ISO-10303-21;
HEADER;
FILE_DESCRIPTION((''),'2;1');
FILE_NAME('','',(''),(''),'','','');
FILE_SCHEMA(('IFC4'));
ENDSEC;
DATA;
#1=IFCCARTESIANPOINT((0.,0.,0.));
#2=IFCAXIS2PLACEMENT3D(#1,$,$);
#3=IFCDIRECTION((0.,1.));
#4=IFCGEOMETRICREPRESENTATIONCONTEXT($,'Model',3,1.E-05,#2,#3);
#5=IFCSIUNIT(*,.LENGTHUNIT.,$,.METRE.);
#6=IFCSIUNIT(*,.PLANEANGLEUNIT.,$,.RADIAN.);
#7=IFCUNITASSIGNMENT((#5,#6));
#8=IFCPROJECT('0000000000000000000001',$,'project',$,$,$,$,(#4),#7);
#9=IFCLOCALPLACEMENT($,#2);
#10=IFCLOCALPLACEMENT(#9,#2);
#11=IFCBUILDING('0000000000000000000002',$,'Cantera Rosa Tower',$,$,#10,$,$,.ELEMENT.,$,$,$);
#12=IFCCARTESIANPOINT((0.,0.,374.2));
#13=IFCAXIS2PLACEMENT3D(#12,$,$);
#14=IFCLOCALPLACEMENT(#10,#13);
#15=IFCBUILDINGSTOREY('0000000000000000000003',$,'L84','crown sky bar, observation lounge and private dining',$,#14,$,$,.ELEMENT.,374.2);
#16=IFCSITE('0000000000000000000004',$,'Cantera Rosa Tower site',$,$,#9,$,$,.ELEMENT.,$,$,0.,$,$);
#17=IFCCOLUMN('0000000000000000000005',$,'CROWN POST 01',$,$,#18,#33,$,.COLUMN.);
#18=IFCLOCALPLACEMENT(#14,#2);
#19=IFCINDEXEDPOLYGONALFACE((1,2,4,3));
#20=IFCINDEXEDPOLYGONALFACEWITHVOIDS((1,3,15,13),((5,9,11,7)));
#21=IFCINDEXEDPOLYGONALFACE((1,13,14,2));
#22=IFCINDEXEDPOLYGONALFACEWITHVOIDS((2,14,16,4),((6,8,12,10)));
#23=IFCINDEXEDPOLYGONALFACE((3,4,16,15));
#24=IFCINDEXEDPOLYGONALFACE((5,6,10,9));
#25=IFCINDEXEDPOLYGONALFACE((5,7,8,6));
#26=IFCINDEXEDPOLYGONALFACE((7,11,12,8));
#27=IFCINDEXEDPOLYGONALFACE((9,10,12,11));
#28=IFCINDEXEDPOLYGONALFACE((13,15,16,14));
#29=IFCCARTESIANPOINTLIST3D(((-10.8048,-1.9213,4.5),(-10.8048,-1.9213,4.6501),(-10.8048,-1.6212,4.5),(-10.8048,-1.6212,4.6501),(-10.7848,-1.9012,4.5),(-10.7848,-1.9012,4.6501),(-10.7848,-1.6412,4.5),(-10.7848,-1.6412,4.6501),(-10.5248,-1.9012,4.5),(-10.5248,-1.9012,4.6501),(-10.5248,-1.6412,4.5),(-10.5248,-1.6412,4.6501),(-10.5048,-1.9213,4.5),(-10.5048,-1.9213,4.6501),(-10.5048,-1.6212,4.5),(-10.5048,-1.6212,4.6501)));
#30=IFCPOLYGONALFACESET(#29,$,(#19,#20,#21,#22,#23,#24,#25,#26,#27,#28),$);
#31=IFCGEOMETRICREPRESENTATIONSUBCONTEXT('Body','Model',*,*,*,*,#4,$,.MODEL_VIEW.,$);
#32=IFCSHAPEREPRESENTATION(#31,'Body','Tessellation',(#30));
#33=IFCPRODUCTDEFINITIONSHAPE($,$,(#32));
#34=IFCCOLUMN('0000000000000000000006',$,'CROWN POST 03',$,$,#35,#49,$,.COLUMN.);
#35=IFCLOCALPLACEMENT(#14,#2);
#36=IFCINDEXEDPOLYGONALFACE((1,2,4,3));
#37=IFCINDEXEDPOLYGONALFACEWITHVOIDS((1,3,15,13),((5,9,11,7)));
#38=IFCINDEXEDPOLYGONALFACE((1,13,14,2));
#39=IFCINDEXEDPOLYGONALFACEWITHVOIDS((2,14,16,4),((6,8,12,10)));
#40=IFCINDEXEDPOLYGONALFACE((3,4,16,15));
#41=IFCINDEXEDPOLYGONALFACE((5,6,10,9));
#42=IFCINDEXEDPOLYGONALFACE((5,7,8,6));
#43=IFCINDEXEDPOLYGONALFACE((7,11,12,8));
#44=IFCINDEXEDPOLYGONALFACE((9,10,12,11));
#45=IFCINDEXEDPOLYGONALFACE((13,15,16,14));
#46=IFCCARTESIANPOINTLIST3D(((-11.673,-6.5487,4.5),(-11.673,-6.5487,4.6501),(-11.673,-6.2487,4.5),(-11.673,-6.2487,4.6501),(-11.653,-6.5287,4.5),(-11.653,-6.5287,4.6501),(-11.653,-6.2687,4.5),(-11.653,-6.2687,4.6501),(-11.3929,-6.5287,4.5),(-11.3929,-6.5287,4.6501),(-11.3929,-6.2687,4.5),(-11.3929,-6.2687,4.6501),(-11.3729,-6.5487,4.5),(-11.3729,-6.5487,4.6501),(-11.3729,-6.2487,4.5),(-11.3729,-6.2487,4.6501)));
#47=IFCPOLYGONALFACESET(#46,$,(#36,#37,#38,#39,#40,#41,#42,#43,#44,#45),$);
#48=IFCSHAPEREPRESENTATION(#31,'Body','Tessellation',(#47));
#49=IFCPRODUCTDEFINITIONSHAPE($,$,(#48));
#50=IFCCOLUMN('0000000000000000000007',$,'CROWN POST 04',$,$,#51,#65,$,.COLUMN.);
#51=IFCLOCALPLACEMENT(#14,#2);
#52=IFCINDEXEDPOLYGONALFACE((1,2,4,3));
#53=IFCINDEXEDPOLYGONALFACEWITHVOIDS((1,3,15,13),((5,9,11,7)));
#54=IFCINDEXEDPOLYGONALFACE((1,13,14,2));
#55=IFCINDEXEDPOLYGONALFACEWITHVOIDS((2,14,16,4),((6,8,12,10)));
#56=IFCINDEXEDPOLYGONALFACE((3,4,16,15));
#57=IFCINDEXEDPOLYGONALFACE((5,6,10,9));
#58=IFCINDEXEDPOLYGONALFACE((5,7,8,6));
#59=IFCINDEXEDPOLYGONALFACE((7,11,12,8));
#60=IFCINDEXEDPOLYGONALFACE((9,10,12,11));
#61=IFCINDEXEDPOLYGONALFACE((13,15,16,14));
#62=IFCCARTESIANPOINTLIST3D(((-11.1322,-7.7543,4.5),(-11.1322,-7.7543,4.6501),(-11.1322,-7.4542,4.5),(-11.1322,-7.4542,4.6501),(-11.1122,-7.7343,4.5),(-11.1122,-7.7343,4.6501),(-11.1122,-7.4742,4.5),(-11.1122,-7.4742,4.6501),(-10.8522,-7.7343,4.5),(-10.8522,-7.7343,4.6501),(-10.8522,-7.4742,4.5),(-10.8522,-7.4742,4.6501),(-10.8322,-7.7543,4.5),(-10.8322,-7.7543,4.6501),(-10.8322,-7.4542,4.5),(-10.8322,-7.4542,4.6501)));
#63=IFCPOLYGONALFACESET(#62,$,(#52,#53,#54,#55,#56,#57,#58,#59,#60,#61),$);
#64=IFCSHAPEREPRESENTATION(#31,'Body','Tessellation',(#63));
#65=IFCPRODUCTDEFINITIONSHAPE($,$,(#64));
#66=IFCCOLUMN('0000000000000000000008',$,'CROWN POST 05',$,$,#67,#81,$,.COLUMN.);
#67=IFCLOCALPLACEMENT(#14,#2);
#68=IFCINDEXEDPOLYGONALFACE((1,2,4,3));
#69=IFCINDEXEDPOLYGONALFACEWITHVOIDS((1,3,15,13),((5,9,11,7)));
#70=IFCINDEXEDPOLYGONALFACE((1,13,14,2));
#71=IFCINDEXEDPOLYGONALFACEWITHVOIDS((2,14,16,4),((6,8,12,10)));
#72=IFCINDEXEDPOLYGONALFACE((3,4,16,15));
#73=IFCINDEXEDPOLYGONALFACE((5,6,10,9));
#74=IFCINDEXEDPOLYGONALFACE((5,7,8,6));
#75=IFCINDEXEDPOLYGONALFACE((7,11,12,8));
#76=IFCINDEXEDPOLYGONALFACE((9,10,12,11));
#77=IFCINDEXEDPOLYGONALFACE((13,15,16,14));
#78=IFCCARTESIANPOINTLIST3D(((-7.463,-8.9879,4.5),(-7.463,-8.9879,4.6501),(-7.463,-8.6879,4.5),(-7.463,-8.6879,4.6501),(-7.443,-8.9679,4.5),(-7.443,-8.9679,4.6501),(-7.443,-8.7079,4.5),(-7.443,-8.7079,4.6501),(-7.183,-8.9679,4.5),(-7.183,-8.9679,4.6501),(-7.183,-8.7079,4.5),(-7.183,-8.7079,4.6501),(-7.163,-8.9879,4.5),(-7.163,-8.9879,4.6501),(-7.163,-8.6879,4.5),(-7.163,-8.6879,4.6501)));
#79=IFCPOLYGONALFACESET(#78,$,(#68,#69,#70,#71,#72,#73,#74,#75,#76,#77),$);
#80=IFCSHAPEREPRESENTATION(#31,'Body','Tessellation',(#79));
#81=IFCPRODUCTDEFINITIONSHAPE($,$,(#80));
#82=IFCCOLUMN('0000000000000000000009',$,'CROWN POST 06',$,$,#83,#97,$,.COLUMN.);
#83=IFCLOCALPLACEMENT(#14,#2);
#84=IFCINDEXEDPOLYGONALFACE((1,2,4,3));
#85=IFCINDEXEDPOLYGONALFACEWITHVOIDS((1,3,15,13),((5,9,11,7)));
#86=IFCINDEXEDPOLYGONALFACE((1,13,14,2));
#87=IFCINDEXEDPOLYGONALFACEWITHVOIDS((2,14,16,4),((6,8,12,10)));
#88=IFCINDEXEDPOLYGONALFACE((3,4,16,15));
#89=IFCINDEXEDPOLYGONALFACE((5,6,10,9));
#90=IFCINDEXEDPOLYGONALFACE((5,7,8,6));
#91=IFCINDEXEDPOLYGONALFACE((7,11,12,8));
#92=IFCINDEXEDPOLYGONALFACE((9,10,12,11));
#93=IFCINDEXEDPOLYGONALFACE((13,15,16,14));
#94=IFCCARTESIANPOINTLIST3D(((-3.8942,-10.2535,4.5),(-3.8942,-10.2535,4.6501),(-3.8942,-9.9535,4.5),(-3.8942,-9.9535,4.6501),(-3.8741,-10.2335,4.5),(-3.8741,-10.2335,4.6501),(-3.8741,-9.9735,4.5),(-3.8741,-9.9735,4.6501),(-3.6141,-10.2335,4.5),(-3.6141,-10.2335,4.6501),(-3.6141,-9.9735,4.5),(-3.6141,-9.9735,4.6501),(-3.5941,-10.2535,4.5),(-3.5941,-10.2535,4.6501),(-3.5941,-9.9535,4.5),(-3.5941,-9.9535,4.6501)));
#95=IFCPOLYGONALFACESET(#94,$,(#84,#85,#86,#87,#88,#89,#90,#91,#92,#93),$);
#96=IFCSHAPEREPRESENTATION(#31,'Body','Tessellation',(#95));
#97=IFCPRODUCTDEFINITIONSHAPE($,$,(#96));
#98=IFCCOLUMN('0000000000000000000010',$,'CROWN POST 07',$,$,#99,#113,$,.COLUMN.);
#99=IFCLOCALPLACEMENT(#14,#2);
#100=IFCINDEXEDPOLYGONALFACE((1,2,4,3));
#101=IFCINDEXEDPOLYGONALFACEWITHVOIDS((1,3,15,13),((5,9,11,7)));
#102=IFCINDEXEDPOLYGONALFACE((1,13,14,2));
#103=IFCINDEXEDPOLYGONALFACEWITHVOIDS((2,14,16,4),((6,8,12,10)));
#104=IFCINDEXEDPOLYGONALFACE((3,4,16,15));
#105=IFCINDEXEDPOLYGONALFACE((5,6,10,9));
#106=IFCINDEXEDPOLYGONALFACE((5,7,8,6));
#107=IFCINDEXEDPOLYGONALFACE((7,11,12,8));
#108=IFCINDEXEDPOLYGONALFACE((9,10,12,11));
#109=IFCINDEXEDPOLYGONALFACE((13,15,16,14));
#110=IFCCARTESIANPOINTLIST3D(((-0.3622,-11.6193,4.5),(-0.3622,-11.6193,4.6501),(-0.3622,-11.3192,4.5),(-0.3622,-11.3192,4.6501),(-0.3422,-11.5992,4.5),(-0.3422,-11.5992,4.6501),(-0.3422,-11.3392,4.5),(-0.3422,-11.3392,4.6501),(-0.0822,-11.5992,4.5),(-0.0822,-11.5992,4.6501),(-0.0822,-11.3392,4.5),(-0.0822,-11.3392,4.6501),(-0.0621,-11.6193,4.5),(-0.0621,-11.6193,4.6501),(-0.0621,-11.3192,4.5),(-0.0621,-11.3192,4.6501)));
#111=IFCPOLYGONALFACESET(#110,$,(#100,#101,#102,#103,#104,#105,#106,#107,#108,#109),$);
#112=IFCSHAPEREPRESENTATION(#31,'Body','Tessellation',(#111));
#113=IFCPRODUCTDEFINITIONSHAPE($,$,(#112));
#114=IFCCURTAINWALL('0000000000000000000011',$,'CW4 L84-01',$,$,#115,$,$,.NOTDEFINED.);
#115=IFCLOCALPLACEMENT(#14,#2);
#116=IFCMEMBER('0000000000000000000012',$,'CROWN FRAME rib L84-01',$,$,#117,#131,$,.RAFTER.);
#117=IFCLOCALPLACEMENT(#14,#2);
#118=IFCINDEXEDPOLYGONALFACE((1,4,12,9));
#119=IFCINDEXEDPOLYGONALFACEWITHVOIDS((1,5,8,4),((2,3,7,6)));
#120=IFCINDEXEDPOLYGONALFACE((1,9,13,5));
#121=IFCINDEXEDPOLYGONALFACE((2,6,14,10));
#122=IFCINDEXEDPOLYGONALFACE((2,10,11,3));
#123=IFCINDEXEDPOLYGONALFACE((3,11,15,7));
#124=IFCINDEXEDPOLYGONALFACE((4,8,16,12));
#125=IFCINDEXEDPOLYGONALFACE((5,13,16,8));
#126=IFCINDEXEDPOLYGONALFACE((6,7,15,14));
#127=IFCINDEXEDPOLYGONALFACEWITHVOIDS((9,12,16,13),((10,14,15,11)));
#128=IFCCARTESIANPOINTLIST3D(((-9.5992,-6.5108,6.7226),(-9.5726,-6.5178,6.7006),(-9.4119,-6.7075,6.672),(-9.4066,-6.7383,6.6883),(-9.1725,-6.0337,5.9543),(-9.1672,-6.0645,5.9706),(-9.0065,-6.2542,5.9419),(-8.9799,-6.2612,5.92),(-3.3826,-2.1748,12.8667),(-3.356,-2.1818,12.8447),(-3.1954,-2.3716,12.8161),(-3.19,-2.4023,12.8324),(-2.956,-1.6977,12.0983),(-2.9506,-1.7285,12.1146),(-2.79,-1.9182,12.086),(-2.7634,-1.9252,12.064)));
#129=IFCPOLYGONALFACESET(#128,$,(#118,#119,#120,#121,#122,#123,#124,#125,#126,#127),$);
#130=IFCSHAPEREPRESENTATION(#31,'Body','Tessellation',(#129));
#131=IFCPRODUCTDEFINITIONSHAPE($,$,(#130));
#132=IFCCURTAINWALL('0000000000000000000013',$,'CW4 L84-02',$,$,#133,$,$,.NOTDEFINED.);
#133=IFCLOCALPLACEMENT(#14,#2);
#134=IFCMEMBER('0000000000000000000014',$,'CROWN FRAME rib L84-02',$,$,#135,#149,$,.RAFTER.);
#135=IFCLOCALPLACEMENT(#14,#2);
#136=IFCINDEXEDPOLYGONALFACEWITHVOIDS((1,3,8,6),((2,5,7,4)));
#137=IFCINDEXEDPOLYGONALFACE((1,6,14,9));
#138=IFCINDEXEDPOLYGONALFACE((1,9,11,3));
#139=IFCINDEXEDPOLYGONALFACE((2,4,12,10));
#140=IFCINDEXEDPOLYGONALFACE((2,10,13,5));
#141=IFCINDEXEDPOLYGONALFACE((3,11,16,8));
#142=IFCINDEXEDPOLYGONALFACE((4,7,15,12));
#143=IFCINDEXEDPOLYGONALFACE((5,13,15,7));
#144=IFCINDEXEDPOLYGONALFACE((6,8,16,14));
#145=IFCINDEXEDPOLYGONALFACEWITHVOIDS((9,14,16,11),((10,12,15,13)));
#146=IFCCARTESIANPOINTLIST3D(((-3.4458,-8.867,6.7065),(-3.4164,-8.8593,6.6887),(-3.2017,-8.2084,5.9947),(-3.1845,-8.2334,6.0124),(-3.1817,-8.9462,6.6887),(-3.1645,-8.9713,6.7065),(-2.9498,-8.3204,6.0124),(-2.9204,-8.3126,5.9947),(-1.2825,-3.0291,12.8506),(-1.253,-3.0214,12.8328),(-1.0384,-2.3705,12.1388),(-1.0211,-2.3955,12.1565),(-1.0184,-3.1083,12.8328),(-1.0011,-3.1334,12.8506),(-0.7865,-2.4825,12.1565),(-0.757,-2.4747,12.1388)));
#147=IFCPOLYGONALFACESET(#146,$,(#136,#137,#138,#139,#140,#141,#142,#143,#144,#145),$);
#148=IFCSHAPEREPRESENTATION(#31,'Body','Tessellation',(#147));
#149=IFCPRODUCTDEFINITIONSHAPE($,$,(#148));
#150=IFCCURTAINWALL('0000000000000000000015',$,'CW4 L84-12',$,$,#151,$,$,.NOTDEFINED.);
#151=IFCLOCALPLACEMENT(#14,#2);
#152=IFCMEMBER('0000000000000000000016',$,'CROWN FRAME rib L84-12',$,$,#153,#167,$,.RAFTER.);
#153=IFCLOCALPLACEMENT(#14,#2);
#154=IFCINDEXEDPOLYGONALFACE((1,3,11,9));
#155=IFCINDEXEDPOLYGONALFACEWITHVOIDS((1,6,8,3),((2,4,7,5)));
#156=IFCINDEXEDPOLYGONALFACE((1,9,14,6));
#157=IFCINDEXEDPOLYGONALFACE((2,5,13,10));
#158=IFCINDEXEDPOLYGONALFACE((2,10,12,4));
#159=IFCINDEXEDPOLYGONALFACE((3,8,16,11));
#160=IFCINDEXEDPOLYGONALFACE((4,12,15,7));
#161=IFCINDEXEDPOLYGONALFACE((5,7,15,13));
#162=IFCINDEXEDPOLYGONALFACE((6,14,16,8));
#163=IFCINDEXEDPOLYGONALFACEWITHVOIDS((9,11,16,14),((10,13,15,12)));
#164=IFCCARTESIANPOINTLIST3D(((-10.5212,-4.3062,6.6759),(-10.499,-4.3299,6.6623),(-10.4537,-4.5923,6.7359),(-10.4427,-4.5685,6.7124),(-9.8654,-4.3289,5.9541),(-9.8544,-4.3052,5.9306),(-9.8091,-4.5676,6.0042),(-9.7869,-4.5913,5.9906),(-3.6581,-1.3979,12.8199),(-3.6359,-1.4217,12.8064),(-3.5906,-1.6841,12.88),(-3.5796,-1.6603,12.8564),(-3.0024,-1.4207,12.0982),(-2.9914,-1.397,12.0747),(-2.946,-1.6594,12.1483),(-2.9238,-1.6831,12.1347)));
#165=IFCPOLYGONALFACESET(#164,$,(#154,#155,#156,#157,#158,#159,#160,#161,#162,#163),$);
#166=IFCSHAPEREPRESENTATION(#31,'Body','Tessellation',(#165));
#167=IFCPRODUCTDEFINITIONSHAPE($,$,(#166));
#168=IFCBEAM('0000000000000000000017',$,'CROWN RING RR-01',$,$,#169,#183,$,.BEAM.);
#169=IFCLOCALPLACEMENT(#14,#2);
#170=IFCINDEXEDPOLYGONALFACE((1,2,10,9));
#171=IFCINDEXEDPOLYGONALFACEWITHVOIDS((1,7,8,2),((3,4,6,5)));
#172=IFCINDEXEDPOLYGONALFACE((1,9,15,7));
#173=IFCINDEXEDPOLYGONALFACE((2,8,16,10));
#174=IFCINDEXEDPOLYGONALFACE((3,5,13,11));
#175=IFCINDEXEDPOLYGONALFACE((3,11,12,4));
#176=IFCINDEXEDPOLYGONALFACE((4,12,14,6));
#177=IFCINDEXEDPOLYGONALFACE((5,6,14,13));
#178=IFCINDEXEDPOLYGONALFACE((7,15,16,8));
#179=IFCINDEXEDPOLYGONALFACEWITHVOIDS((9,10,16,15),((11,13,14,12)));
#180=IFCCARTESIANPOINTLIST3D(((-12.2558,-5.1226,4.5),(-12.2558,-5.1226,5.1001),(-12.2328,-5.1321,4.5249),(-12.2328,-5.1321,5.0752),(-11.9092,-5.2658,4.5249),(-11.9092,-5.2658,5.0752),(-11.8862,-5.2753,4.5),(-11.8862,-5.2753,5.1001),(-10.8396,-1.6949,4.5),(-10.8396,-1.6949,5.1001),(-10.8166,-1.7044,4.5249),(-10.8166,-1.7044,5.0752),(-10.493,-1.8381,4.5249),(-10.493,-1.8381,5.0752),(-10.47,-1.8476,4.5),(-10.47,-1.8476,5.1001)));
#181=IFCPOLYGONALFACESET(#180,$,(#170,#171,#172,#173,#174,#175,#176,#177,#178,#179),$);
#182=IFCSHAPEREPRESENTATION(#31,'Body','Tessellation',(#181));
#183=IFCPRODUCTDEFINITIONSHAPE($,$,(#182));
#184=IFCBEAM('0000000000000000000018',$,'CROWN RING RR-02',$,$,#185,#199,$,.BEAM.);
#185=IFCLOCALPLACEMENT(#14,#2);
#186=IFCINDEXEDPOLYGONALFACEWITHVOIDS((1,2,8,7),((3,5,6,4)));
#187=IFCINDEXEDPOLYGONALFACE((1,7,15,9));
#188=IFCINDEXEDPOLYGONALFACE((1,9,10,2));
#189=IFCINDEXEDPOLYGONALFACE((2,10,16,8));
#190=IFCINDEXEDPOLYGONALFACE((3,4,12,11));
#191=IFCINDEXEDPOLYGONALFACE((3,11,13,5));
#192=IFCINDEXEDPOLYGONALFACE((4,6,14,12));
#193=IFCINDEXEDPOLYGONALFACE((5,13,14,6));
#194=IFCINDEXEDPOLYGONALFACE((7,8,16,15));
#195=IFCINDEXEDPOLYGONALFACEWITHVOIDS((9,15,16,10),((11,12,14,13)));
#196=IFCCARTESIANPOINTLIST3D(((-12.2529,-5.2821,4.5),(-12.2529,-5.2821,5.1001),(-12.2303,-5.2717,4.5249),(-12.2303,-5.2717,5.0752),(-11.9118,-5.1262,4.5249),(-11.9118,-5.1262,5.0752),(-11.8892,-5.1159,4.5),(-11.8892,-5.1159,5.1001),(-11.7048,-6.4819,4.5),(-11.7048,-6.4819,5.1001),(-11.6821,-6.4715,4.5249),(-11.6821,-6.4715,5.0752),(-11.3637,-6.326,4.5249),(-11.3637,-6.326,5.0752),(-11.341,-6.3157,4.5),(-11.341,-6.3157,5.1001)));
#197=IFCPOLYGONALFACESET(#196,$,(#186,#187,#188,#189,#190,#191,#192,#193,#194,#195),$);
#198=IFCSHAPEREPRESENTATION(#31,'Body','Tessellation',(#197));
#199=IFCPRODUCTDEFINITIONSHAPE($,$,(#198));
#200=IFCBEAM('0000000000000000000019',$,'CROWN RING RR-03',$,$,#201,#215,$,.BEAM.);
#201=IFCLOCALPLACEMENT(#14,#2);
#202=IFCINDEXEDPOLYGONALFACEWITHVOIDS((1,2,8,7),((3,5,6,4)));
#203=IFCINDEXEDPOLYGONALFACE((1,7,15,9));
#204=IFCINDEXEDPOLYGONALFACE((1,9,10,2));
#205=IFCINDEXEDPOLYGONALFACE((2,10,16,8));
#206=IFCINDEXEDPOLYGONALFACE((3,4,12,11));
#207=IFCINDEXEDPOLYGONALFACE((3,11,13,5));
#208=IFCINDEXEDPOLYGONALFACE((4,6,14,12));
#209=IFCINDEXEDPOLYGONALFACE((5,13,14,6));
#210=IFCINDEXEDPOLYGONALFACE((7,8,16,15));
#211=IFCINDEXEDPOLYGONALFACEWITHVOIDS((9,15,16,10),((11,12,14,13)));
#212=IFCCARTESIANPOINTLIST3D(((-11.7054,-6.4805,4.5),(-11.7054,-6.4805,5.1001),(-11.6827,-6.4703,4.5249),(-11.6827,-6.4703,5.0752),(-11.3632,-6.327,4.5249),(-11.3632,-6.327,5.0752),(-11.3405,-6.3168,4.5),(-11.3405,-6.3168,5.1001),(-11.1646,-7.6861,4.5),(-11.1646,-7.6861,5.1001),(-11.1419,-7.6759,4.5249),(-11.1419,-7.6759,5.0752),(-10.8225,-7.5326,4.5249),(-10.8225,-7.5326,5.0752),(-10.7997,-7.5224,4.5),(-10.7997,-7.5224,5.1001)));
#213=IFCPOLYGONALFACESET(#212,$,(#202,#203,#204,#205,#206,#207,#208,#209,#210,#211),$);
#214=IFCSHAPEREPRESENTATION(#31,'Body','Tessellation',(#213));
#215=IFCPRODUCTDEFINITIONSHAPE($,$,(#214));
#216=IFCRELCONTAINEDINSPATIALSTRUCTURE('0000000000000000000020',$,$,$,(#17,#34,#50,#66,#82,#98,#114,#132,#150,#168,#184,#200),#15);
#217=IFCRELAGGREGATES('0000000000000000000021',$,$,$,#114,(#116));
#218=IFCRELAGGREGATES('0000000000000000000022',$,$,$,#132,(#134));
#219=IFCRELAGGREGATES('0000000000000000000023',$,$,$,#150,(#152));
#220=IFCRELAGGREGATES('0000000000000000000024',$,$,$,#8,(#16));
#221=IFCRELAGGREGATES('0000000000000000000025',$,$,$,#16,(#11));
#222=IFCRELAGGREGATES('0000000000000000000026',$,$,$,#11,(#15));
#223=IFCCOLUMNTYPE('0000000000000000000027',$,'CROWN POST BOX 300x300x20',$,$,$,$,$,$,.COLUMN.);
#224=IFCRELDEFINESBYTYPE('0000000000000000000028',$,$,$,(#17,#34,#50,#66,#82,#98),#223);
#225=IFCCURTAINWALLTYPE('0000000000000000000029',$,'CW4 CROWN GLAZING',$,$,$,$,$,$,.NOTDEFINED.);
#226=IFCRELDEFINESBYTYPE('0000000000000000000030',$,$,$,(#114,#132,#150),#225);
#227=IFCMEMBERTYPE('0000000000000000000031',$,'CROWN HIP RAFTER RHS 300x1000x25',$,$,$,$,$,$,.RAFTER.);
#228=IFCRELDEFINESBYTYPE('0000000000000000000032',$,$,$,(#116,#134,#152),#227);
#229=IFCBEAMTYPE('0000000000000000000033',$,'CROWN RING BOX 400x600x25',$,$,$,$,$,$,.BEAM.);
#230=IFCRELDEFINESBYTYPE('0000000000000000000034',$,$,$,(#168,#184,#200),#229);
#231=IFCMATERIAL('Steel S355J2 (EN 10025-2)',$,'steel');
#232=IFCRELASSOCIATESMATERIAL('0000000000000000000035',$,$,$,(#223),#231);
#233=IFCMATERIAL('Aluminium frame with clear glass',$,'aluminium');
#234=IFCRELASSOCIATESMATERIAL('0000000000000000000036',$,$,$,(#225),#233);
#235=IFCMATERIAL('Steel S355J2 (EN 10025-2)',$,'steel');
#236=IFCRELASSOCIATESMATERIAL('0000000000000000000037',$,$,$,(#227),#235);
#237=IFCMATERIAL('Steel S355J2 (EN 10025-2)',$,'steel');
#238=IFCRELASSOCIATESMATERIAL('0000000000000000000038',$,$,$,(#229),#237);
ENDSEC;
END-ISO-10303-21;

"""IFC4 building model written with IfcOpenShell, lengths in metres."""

from ifc_helpers import new_model, si_unit, direction, frame, origin, origin_2d, place, context, subcontext, project, spatial, hollow_rectangle, extrude, material, material_profile, profile_set, type_object, element, aggregate, save


model = new_model("IFC4")

# Units and contexts
model_context = context("Model", 3, precision=1e-05, world=origin(), true_north=direction((0.0, 1.0)))
body_context = subcontext(model_context, "Body", "Model", "MODEL_VIEW")
ifc_project = project(units=[si_unit("LENGTHUNIT", "METRE"), si_unit("PLANEANGLEUNIT", "RADIAN")], contexts=[model_context])

# Site, building, storey
site_placement = place(None, origin())
site = spatial("IfcSite", under=ifc_project, at=site_placement, Name="Cantera Rosa Tower site", CompositionType="ELEMENT", RefElevation=0.0)
building_placement = place(site_placement, origin())
building = spatial("IfcBuilding", under=site, at=building_placement, Name="Cantera Rosa Tower", CompositionType="ELEMENT")
storey_placement = place(building_placement, frame((0.0, 0.0, 374.2)))
storey = spatial("IfcBuildingStorey", under=building, at=storey_placement, Name="L84", Description="crown sky bar, observation lounge and private dining", CompositionType="ELEMENT", Elevation=374.2)

# Columns
ifc_material_1 = material(Name="Steel S355J2 (EN 10025-2)", Category="steel")
ifc_material_profile_1 = material_profile(ifc_material_1, hollow_rectangle(XDim=0.3, YDim=0.3, WallThickness=0.02, at=origin_2d()), Name="CROWN POST BOX 300x300x20")
ifc_profile_set_1 = profile_set([ifc_material_profile_1], Name="Steel S355J2 (EN 10025-2)")
column_type = type_object("IfcColumnType", Name="CROWN POST BOX 300x300x20", PredefinedType="COLUMN", material=ifc_profile_set_1)
for number, where, z_axis, x_axis, name in (
    (1, (-10.6548, -1.7712, 4.5), (0.0, 0.0, 1.0), (1.0, 0.0, 0.0), "CROWN POST 01"),
    (2, (-11.5229, -6.3987, 4.5), (0.0, 0.0, 1.0), (1.0, 0.0, 0.0), "CROWN POST 03"),
    (3, (-10.9822, -7.6042, 4.5), (0.0, 0.0, 1.0), (1.0, 0.0, 0.0), "CROWN POST 04"),
    (4, (-7.313, -8.8379, 4.5), (0.0, 0.0, 1.0), (1.0, 0.0, 0.0), "CROWN POST 05"),
    (5, (-3.7441, -10.1035, 4.5), (0.0, 0.0, 1.0), (1.0, 0.0, 0.0), "CROWN POST 06"),
    (6, (-0.2122, -11.4692, 4.5), (0.0, 0.0, 1.0), (1.0, 0.0, 0.0), "CROWN POST 07"),
):
    element("IfcColumn", number, at=place(storey_placement, frame(where, z_axis=z_axis, x_axis=x_axis)), inside=storey, type_object=column_type, Name=name, PredefinedType="COLUMN", context=body_context, shape_type="SweptSolid", body=[
        extrude(hollow_rectangle(XDim=0.3, YDim=0.3, WallThickness=0.02, at=origin_2d()), origin(), (0.0, 0.0, 1.0), 0.1501),
    ])

# Curtain walls, members
ifc_material_2 = material(Name="Aluminium frame with clear glass", Category="aluminium")
curtain_wall_type = type_object("IfcCurtainWallType", Name="CW4 CROWN GLAZING", PredefinedType="NOTDEFINED", material=ifc_material_2)
curtain_wall_1_placement = place(storey_placement, origin())
curtain_wall_1 = element("IfcCurtainWall", 7, at=curtain_wall_1_placement, inside=storey, type_object=curtain_wall_type, Name="CW4 L84-01", PredefinedType="NOTDEFINED")
ifc_material_3 = material(Name="Steel S355J2 (EN 10025-2)", Category="steel")
ifc_material_profile_2 = material_profile(ifc_material_3, hollow_rectangle(XDim=0.3, YDim=1.0, WallThickness=0.0249, at=origin_2d()), Name="CROWN HIP RAFTER RHS 300x1000x25")
ifc_profile_set_2 = profile_set([ifc_material_profile_2], Name="Steel S355J2 (EN 10025-2)")
member_type = type_object("IfcMemberType", Name="CROWN HIP RAFTER RHS 300x1000x25", PredefinedType="RAFTER", material=ifc_profile_set_2)
member_1_placement = place(storey_placement, frame((-9.2896, -6.386, 6.3213), z_axis=(0.637151, 0.444402, 0.629719), x_axis=(0.641892, -0.758215, -0.114385)))
member_1 = element("IfcMember", 8, at=member_1_placement, type_object=member_type, Name="CROWN FRAME rib L84-01", PredefinedType="RAFTER", context=body_context, shape_type="SweptSolid", body=[
    extrude(hollow_rectangle(XDim=0.3, YDim=1.0, WallThickness=0.0249, at=origin_2d()), origin(), (0.0, 0.0, 1.0), 9.7568),
])
curtain_wall_2_placement = place(storey_placement, origin())
curtain_wall_2 = element("IfcCurtainWall", 9, at=curtain_wall_2_placement, inside=storey, type_object=curtain_wall_type, Name="CW4 L84-02", PredefinedType="NOTDEFINED")
member_2_placement = place(storey_placement, frame((-3.1831, -8.5898, 6.3506), z_axis=(0.247322, 0.667415, 0.702416), x_axis=(0.937689, -0.347477, 0.0)))
member_2 = element("IfcMember", 10, at=member_2_placement, type_object=member_type, Name="CROWN FRAME rib L84-02", PredefinedType="RAFTER", context=body_context, shape_type="SweptSolid", body=[
    extrude(hollow_rectangle(XDim=0.3, YDim=1.0, WallThickness=0.0249, at=origin_2d()), origin(), (0.0, 0.0, 1.0), 8.7471),
])
curtain_wall_3_placement = place(storey_placement, origin())
curtain_wall_3 = element("IfcCurtainWall", 11, at=curtain_wall_3_placement, inside=storey, type_object=curtain_wall_type, Name="CW4 L84-12", PredefinedType="NOTDEFINED")
member_3_placement = place(storey_placement, frame((-10.1541, -4.4487, 6.3333), z_axis=(0.710488, 0.301068, 0.636055), x_axis=(0.225007, -0.953602, 0.200037)))
member_3 = element("IfcMember", 12, at=member_3_placement, type_object=member_type, Name="CROWN FRAME rib L84-12", PredefinedType="RAFTER", context=body_context, shape_type="SweptSolid", body=[
    extrude(hollow_rectangle(XDim=0.3, YDim=1.0, WallThickness=0.0249, at=origin_2d()), origin(), (0.0, 0.0, 1.0), 9.6597),
])

# Beams
ifc_material_4 = material(Name="Steel S355J2 (EN 10025-2)", Category="steel")
ifc_material_profile_3 = material_profile(ifc_material_4, hollow_rectangle(XDim=0.3999, YDim=0.6001, WallThickness=0.0249, at=origin_2d()), Name="CROWN RING BOX 400x600x25")
ifc_profile_set_3 = profile_set([ifc_material_profile_3], Name="Steel S355J2 (EN 10025-2)")
beam_type_1 = type_object("IfcBeamType", Name="CROWN RING BOX 400x600x25", PredefinedType="BEAM", material=ifc_profile_set_3)
beam_1_placement = place(storey_placement, frame((-10.6548, -1.7712, 4.8), z_axis=(-0.381865, -0.924218, 0.0), x_axis=(0.924218, -0.381865, 0.0)))
element("IfcBeam", 13, at=beam_1_placement, inside=storey, type_object=beam_type_1, Name="CROWN RING RR-01", PredefinedType="BEAM", context=body_context, shape_type="SweptSolid", body=[
    extrude(hollow_rectangle(XDim=0.3999, YDim=0.6001, WallThickness=0.0249, at=origin_2d()), origin(), (0.0, 0.0, 1.0), 3.7087),
])
beam_2_placement = place(storey_placement, frame((-12.071, -5.199, 4.8), z_axis=(0.415545, -0.909572, 0.0), x_axis=(0.909572, 0.415545, 0.0)))
element("IfcBeam", 14, at=beam_2_placement, inside=storey, type_object=beam_type_1, Name="CROWN RING RR-02", PredefinedType="BEAM", context=body_context, shape_type="SweptSolid", body=[
    extrude(hollow_rectangle(XDim=0.3999, YDim=0.6001, WallThickness=0.0249, at=origin_2d()), origin(), (0.0, 0.0, 1.0), 1.3191),
])
beam_3_placement = place(storey_placement, frame((-11.5229, -6.3987, 4.8), z_axis=(0.409273, -0.912412, 0.0), x_axis=(0.912412, 0.409273, 0.0)))
element("IfcBeam", 15, at=beam_3_placement, inside=storey, type_object=beam_type_1, Name="CROWN RING RR-03", PredefinedType="BEAM", context=body_context, shape_type="SweptSolid", body=[
    extrude(hollow_rectangle(XDim=0.3999, YDim=0.6001, WallThickness=0.0249, at=origin_2d()), origin(), (0.0, 0.0, 1.0), 1.3213),
])

aggregate(curtain_wall_1, [member_1])
aggregate(curtain_wall_2, [member_2])
aggregate(curtain_wall_3, [member_3])

save(model, "model.ifc")
